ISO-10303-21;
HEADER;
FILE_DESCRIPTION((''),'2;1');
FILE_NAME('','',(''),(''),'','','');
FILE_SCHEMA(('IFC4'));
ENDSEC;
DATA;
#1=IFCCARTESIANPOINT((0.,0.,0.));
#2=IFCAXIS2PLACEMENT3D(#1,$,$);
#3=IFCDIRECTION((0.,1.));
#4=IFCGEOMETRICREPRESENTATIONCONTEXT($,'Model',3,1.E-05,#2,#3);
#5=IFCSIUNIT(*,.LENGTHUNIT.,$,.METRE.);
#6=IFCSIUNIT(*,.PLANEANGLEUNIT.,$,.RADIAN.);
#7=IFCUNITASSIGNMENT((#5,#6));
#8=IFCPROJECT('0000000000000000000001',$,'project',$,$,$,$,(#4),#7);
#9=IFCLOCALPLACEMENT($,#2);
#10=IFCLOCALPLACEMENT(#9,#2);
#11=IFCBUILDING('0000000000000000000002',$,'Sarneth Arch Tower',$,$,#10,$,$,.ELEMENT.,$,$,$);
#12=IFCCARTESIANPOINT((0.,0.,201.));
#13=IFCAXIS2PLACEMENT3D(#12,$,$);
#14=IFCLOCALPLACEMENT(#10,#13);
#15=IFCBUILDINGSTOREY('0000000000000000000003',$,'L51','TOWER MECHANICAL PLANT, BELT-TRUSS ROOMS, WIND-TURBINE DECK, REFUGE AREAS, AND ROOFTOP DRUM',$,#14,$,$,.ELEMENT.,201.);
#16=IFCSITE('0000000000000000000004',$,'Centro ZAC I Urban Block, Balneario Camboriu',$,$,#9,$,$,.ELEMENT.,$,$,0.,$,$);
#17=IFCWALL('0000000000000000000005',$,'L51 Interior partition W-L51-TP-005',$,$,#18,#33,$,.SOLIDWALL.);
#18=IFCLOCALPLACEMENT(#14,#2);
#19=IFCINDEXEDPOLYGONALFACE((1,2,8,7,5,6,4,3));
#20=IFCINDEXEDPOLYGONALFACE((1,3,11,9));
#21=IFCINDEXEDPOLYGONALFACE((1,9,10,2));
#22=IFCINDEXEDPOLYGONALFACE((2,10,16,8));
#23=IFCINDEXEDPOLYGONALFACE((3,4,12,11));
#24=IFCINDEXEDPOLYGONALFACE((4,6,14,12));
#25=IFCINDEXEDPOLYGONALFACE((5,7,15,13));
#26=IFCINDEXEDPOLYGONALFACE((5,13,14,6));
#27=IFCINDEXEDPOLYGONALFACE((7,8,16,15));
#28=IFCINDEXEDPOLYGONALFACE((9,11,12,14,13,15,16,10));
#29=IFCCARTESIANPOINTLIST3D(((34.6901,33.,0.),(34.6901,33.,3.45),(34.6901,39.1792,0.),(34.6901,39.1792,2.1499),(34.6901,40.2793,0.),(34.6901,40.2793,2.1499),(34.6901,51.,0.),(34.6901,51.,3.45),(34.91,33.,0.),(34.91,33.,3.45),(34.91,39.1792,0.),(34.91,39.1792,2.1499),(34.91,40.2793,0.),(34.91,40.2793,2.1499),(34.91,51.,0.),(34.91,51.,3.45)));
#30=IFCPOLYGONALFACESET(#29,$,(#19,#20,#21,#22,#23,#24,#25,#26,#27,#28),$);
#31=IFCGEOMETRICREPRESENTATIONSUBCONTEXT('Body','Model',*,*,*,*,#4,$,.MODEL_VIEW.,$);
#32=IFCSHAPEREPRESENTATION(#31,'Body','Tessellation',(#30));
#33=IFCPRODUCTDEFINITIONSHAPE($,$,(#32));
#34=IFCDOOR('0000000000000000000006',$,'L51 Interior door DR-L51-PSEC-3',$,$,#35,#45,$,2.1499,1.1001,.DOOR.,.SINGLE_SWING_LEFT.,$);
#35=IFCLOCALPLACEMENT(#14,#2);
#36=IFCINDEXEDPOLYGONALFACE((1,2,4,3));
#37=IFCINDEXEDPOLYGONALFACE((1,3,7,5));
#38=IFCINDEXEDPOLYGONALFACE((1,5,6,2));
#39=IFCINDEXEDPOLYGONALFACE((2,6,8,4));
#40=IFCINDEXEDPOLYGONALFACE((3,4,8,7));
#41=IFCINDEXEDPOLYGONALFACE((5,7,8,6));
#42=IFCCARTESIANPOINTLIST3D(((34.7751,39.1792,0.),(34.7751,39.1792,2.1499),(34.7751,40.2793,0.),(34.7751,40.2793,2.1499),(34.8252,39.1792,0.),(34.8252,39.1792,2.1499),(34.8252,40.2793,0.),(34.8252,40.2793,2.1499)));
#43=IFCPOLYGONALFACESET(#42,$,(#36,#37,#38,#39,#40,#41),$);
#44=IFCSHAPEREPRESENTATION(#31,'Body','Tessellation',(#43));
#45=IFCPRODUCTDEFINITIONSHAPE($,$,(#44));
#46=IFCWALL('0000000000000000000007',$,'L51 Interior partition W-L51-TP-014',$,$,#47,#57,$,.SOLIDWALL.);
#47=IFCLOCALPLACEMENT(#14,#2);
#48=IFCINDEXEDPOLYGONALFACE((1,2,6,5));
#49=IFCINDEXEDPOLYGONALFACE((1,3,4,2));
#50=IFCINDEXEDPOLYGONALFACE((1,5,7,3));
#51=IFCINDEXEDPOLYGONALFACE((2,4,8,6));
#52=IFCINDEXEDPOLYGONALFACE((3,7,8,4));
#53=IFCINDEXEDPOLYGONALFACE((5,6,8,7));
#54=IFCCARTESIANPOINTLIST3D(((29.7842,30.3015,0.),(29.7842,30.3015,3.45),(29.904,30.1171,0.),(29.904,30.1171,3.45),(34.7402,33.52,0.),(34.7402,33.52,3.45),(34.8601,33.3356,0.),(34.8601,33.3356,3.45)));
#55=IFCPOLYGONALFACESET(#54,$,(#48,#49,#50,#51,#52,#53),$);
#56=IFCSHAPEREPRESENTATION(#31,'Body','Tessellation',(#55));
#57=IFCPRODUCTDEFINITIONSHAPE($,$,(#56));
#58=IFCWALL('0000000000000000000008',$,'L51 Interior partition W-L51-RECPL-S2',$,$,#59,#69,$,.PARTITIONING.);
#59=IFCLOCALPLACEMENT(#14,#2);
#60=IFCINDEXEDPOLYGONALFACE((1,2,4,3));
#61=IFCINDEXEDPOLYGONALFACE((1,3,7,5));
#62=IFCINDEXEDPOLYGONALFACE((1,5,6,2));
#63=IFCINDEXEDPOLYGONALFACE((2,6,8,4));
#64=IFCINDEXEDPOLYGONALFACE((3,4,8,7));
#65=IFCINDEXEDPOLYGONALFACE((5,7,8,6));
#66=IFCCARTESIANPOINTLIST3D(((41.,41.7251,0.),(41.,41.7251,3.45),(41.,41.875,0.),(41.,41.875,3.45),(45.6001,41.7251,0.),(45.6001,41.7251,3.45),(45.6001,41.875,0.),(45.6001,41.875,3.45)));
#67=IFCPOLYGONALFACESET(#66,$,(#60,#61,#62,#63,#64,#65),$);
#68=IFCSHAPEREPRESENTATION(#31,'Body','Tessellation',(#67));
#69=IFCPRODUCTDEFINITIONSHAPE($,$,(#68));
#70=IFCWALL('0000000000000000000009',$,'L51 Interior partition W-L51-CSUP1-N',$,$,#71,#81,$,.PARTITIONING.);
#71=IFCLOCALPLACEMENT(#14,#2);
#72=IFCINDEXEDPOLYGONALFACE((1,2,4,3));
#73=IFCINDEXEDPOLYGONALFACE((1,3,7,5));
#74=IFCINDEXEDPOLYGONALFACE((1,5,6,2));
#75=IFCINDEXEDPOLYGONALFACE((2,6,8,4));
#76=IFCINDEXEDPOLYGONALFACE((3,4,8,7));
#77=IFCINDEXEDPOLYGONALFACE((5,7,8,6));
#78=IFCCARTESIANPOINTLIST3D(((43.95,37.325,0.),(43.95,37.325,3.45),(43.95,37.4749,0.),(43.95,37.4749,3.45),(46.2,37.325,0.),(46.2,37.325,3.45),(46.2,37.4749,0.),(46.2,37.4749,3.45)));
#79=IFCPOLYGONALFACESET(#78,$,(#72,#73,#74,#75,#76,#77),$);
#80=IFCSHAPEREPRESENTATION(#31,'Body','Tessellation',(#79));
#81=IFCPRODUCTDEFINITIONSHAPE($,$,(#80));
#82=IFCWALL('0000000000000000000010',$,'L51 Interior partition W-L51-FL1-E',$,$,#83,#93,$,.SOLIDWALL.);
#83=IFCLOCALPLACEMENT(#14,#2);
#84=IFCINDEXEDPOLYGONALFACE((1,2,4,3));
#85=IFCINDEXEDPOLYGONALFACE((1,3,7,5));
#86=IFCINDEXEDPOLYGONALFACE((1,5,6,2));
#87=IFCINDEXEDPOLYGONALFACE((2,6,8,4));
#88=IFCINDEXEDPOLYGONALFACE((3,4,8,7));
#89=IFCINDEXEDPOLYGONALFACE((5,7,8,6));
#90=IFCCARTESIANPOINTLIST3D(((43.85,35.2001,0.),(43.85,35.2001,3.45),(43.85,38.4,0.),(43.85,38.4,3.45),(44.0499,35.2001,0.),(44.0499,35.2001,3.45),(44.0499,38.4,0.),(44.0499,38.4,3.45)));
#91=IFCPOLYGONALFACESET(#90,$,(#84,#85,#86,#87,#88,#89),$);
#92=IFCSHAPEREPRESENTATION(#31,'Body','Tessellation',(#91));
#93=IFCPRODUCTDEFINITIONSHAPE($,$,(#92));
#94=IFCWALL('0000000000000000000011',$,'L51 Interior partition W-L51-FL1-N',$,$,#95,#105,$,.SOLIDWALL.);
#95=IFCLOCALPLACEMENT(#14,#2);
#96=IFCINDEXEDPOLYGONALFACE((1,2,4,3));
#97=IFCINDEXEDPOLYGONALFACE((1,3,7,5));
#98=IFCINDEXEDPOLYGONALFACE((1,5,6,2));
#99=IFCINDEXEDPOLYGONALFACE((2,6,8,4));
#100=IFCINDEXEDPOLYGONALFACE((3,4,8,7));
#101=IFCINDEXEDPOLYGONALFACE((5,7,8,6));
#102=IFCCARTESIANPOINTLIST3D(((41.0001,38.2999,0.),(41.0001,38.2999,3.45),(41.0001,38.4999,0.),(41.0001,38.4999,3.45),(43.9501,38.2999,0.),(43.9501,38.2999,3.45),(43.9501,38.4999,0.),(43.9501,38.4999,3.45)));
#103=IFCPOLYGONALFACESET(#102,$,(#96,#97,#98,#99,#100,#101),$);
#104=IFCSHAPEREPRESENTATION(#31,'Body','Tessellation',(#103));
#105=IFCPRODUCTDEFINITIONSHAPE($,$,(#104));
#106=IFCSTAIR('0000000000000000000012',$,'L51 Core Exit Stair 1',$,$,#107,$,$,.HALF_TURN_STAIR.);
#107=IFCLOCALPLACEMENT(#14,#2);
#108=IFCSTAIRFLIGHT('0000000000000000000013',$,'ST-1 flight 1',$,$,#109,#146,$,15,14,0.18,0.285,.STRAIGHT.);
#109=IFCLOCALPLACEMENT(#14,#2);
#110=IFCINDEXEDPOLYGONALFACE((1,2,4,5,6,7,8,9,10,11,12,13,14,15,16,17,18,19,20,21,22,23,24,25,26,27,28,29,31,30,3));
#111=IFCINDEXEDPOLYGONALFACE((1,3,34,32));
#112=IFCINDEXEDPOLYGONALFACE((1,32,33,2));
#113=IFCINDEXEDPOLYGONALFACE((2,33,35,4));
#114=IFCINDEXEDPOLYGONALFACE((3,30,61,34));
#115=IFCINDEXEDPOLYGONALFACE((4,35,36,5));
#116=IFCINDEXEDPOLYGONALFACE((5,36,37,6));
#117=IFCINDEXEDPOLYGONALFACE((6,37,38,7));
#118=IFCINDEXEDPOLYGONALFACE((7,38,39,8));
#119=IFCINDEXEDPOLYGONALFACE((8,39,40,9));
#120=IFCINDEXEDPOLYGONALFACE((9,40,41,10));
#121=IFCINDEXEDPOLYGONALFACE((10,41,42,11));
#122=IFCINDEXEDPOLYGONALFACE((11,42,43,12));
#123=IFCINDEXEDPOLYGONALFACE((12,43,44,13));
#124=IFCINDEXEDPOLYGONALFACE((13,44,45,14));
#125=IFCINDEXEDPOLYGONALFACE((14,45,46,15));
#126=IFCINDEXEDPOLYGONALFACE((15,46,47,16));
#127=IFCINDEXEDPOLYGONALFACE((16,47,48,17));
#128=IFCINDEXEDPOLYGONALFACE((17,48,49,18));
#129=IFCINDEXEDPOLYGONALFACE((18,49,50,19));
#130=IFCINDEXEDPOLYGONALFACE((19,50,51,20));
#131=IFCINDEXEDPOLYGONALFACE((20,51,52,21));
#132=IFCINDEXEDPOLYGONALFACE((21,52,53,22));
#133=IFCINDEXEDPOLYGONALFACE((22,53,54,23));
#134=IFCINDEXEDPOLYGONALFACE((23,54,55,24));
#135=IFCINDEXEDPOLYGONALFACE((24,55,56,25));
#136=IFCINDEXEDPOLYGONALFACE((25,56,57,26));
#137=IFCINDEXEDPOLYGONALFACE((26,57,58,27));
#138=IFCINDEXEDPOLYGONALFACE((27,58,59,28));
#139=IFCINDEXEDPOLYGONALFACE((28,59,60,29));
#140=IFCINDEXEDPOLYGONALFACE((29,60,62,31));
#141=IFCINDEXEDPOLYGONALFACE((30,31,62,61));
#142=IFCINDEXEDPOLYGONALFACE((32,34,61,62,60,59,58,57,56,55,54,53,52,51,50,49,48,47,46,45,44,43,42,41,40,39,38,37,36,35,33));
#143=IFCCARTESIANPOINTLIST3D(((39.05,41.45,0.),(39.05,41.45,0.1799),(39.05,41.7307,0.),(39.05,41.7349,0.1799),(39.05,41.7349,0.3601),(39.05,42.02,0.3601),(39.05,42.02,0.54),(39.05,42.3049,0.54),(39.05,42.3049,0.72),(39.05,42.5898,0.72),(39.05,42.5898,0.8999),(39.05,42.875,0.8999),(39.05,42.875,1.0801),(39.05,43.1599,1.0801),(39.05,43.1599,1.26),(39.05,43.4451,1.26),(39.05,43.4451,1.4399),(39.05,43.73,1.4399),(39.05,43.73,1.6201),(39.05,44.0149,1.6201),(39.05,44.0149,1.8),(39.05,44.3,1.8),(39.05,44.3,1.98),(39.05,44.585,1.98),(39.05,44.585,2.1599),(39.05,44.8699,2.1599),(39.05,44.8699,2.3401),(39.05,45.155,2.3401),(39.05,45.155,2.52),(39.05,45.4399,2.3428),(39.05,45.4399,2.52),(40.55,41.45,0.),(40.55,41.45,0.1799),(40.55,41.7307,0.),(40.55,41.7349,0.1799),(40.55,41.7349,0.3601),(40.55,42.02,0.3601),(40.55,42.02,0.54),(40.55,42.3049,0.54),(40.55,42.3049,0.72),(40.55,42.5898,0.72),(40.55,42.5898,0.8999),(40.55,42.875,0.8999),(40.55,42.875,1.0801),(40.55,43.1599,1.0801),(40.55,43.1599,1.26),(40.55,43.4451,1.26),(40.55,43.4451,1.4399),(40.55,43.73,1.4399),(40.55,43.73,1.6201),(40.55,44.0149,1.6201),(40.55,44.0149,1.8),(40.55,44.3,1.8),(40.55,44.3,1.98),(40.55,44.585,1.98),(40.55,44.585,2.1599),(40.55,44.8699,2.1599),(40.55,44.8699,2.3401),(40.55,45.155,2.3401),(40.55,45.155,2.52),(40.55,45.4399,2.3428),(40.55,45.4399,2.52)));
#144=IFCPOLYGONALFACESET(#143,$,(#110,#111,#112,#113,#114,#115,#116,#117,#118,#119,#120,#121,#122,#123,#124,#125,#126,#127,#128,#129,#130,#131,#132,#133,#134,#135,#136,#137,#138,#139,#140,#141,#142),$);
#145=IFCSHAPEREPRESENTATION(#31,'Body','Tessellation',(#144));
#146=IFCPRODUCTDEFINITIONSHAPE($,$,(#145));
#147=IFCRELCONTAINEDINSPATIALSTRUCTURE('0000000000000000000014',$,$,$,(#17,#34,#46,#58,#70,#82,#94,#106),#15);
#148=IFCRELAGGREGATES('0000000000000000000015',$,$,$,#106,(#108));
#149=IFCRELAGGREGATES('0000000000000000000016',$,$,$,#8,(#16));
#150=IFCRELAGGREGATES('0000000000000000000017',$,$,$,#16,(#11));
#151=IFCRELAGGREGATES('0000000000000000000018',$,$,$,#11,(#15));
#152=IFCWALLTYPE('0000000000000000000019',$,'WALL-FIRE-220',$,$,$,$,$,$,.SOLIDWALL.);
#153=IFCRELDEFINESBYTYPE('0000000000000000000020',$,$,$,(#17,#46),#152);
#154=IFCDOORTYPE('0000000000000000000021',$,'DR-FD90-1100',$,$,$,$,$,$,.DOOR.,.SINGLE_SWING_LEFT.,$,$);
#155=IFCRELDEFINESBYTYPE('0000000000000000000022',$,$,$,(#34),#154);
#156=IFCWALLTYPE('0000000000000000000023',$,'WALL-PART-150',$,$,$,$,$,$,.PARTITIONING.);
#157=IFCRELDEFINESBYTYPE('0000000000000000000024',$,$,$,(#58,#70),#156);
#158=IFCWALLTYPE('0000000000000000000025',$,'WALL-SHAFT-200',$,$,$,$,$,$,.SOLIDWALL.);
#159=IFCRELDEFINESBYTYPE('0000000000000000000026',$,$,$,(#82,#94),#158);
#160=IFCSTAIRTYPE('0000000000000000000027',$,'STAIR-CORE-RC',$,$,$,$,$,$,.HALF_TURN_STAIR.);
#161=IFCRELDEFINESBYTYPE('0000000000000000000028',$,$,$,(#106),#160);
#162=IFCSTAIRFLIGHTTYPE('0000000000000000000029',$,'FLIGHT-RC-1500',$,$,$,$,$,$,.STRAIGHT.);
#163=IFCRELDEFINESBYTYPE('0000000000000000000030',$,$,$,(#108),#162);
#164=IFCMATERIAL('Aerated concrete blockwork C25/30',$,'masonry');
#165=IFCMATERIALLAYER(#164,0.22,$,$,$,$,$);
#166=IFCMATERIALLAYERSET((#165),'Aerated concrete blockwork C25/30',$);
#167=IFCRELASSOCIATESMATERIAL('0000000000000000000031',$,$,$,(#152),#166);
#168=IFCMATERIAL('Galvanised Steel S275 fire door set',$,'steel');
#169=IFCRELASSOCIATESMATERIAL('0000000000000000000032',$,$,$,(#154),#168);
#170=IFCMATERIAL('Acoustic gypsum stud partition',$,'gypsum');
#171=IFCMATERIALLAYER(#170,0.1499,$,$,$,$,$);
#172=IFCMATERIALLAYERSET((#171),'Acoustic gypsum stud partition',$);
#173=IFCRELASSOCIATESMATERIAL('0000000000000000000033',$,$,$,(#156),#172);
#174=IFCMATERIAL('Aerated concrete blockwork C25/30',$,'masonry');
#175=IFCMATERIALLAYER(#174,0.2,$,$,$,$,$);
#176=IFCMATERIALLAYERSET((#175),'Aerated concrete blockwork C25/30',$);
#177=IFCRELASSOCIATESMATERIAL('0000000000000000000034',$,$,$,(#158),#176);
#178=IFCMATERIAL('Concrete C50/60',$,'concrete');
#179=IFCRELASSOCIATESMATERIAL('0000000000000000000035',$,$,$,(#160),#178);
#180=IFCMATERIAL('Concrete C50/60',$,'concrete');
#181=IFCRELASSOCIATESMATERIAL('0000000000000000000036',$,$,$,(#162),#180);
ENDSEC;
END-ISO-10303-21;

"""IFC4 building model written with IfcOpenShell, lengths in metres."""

from ifc_helpers import new_model, si_unit, direction, frame, frame_2d, origin, place, context, subcontext, project, spatial, polyline, rectangle, outline, extrude, material, layer, layer_set, type_object, element, fill, aggregate, save


model = new_model("IFC4")

# Units and contexts
model_context = context("Model", 3, precision=1e-05, world=origin(), true_north=direction((0.0, 1.0)))
body_context = subcontext(model_context, "Body", "Model", "MODEL_VIEW")
ifc_project = project(units=[si_unit("LENGTHUNIT", "METRE"), si_unit("PLANEANGLEUNIT", "RADIAN")], contexts=[model_context])

# Site, building, storey
site_placement = place(None, origin())
site = spatial("IfcSite", under=ifc_project, at=site_placement, Name="Centro ZAC I Urban Block, Balneario Camboriu", CompositionType="ELEMENT", RefElevation=0.0)
building_placement = place(site_placement, origin())
building = spatial("IfcBuilding", under=site, at=building_placement, Name="Sarneth Arch Tower", CompositionType="ELEMENT")
storey_placement = place(building_placement, frame((0.0, 0.0, 201.0)))
storey = spatial("IfcBuildingStorey", under=building, at=storey_placement, Name="L51", Description="TOWER MECHANICAL PLANT, BELT-TRUSS ROOMS, WIND-TURBINE DECK, REFUGE AREAS, AND ROOFTOP DRUM", CompositionType="ELEMENT", Elevation=201.0)

# Wall, opening, door
ifc_material_1 = material(Name="Aerated concrete blockwork C25/30", Category="masonry")
ifc_layer_1 = layer(ifc_material_1, 0.22)
ifc_layer_set_1 = layer_set([ifc_layer_1], Name="Aerated concrete blockwork C25/30")
wall_type_1 = type_object("IfcWallType", Name="WALL-FIRE-220", PredefinedType="SOLIDWALL", material=ifc_layer_set_1)
wall_1_placement = place(storey_placement, frame((34.8, 33.0, 0.0), z_axis=(0.0, 0.0, 1.0), x_axis=(0.0, 1.0, 0.0)))
wall_1 = element("IfcWall", 1, at=wall_1_placement, inside=storey, type_object=wall_type_1, Name="L51 Interior partition W-L51-TP-005", PredefinedType="SOLIDWALL", context=body_context, shape_type="SweptSolid", body=[
    extrude(rectangle(XDim=18.0, YDim=0.22, at=frame_2d((9.0, 0.0))), origin(), (0.0, 0.0, 1.0), 3.45),
])
opening_1_placement = place(wall_1_placement, frame((6.1792, 0.0, 0.0)))
opening_1 = element("IfcOpeningElement", 2, at=opening_1_placement, cuts=wall_1, PredefinedType="OPENING", context=body_context, shape_type="SweptSolid", body=[
    extrude(rectangle(XDim=1.1001, YDim=2.1499, at=frame_2d((0.55, 1.075))), frame((0.0, 0.1199, 0.0), z_axis=(0.0, -1.0, 0.0), x_axis=(1.0, 0.0, 0.0)), (0.0, 0.0, 1.0), 0.24),
])
ifc_material_2 = material(Name="Galvanised Steel S275 fire door set", Category="steel")
door_type_1 = type_object("IfcDoorType", Name="DR-FD90-1100", OperationType="SINGLE_SWING_LEFT", PredefinedType="DOOR", material=ifc_material_2)
door_1_placement = place(opening_1_placement, origin())
door_1 = element("IfcDoor", 3, at=door_1_placement, inside=storey, type_object=door_type_1, Name="L51 Interior door DR-L51-PSEC-3", OperationType="SINGLE_SWING_LEFT", OverallHeight=2.1499, OverallWidth=1.1001, PredefinedType="DOOR", context=body_context, shape_type="SweptSolid", body=[
    extrude(rectangle(XDim=1.1001, YDim=2.1499, at=frame_2d((0.55, 1.075))), frame((0.0, 0.0249, 0.0), z_axis=(0.0, -1.0, 0.0), x_axis=(1.0, 0.0, 0.0)), (0.0, 0.0, 1.0), 0.05),
])
fill(opening_1, door_1)

# Wall
wall_2_placement = place(storey_placement, frame((34.8, 33.4277, 0.0), z_axis=(0.0, 0.0, 1.0), x_axis=(-0.83867, -0.54464, 0.0)))
element("IfcWall", 4, at=wall_2_placement, inside=storey, type_object=wall_type_1, Name="L51 Interior partition W-L51-TP-014", PredefinedType="SOLIDWALL", context=body_context, shape_type="SweptSolid", body=[
    extrude(rectangle(XDim=5.9094, YDim=0.22, at=frame_2d((2.9546, 0.0))), origin(), (0.0, 0.0, 1.0), 3.45),
])

# Shared definitions
ifc_material_3 = material(Name="Acoustic gypsum stud partition", Category="gypsum")
ifc_layer_2 = layer(ifc_material_3, 0.1499)
ifc_layer_set_2 = layer_set([ifc_layer_2], Name="Acoustic gypsum stud partition")
wall_type_2 = type_object("IfcWallType", Name="WALL-PART-150", PredefinedType="PARTITIONING", material=ifc_layer_set_2)

# Wall
wall_3_placement = place(storey_placement, frame((41.0, 41.8, 0.0), z_axis=(0.0, 0.0, 1.0), x_axis=(1.0, 0.0, 0.0)))
element("IfcWall", 5, at=wall_3_placement, inside=storey, type_object=wall_type_2, Name="L51 Interior partition W-L51-RECPL-S2", PredefinedType="PARTITIONING", context=body_context, shape_type="SweptSolid", body=[
    extrude(rectangle(XDim=4.6001, YDim=0.1499, at=frame_2d((2.3, 0.0))), origin(), (0.0, 0.0, 1.0), 3.45),
])

# Wall
wall_4_placement = place(storey_placement, frame((43.95, 37.3999, 0.0), z_axis=(0.0, 0.0, 1.0), x_axis=(1.0, 0.0, 0.0)))
element("IfcWall", 6, at=wall_4_placement, inside=storey, type_object=wall_type_2, Name="L51 Interior partition W-L51-CSUP1-N", PredefinedType="PARTITIONING", context=body_context, shape_type="SweptSolid", body=[
    extrude(rectangle(XDim=2.25, YDim=0.1499, at=frame_2d((1.125, 0.0))), origin(), (0.0, 0.0, 1.0), 3.45),
])

# Shared definitions
ifc_material_4 = material(Name="Aerated concrete blockwork C25/30", Category="masonry")
ifc_layer_3 = layer(ifc_material_4, 0.2)
ifc_layer_set_3 = layer_set([ifc_layer_3], Name="Aerated concrete blockwork C25/30")
wall_type_3 = type_object("IfcWallType", Name="WALL-SHAFT-200", PredefinedType="SOLIDWALL", material=ifc_layer_set_3)

# Walls
wall_5_placement = place(storey_placement, frame((43.95, 35.2, 0.0), z_axis=(0.0, 0.0, 1.0), x_axis=(0.0, 1.0, 0.0)))
element("IfcWall", 7, at=wall_5_placement, inside=storey, type_object=wall_type_3, Name="L51 Interior partition W-L51-FL1-E", PredefinedType="SOLIDWALL", context=body_context, shape_type="SweptSolid", body=[
    extrude(rectangle(XDim=3.2, YDim=0.2, at=frame_2d((1.6001, 0.0))), origin(), (0.0, 0.0, 1.0), 3.45),
])
wall_6_placement = place(storey_placement, frame((41.0, 38.3999, 0.0), z_axis=(0.0, 0.0, 1.0), x_axis=(1.0, 0.0, 0.0)))
element("IfcWall", 8, at=wall_6_placement, inside=storey, type_object=wall_type_3, Name="L51 Interior partition W-L51-FL1-N", PredefinedType="SOLIDWALL", context=body_context, shape_type="SweptSolid", body=[
    extrude(rectangle(XDim=2.95, YDim=0.2, at=frame_2d((1.4751, 0.0))), origin(), (0.0, 0.0, 1.0), 3.45),
])

# Stair, stair flight
ifc_material_5 = material(Name="Concrete C50/60", Category="concrete")
stair_type = type_object("IfcStairType", Name="STAIR-CORE-RC", PredefinedType="HALF_TURN_STAIR", material=ifc_material_5)
stair_placement = place(storey_placement, origin())
stair = element("IfcStair", 9, at=stair_placement, inside=storey, type_object=stair_type, Name="L51 Core Exit Stair 1", PredefinedType="HALF_TURN_STAIR")
ifc_material_6 = material(Name="Concrete C50/60", Category="concrete")
stair_flight_type = type_object("IfcStairFlightType", Name="FLIGHT-RC-1500", PredefinedType="STRAIGHT", material=ifc_material_6)
stair_flight_placement = place(storey_placement, frame((39.8, 41.45, 0.0), z_axis=(0.0, 0.0, 1.0), x_axis=(0.0, 1.0, 0.0)))
stair_flight = element("IfcStairFlight", 10, at=stair_flight_placement, type_object=stair_flight_type, Name="ST-1 flight 1", NumberOfRisers=15, NumberOfTreads=14, PredefinedType="STRAIGHT", RiserHeight=0.18, TreadLength=0.285, context=body_context, shape_type="SweptSolid", body=[
    extrude(outline(polyline([(0.0, 0.0), (0.0, 0.1799), (0.2849, 0.1799), (0.2849, 0.3601), (0.5701, 0.3601), (0.5701, 0.54), (0.855, 0.54), (0.855, 0.72), (1.1399, 0.72), (1.1399, 0.8999), (1.425, 0.8999), (1.425, 1.0801), (1.71, 1.0801), (1.71, 1.26), (1.9951, 1.26), (1.9951, 1.4399), (2.28, 1.4399), (2.28, 1.6201), (2.5649, 1.6201), (2.5649, 1.8), (2.8501, 1.8), (2.8501, 1.98), (3.135, 1.98), (3.135, 2.1599), (3.4199, 2.1599), (3.4199, 2.3401), (3.7051, 2.3401), (3.7051, 2.52), (3.99, 2.52), (3.99, 2.7), (3.99, 2.3428), (0.2808, 0.0), (0.0, 0.0)])), frame((0.0, 0.75, 0.0), z_axis=(0.0, -1.0, 0.0), x_axis=(1.0, 0.0, 0.0)), (0.0, 0.0, 1.0), 1.5),
])
aggregate(stair, [stair_flight])

save(model, "model.ifc")
